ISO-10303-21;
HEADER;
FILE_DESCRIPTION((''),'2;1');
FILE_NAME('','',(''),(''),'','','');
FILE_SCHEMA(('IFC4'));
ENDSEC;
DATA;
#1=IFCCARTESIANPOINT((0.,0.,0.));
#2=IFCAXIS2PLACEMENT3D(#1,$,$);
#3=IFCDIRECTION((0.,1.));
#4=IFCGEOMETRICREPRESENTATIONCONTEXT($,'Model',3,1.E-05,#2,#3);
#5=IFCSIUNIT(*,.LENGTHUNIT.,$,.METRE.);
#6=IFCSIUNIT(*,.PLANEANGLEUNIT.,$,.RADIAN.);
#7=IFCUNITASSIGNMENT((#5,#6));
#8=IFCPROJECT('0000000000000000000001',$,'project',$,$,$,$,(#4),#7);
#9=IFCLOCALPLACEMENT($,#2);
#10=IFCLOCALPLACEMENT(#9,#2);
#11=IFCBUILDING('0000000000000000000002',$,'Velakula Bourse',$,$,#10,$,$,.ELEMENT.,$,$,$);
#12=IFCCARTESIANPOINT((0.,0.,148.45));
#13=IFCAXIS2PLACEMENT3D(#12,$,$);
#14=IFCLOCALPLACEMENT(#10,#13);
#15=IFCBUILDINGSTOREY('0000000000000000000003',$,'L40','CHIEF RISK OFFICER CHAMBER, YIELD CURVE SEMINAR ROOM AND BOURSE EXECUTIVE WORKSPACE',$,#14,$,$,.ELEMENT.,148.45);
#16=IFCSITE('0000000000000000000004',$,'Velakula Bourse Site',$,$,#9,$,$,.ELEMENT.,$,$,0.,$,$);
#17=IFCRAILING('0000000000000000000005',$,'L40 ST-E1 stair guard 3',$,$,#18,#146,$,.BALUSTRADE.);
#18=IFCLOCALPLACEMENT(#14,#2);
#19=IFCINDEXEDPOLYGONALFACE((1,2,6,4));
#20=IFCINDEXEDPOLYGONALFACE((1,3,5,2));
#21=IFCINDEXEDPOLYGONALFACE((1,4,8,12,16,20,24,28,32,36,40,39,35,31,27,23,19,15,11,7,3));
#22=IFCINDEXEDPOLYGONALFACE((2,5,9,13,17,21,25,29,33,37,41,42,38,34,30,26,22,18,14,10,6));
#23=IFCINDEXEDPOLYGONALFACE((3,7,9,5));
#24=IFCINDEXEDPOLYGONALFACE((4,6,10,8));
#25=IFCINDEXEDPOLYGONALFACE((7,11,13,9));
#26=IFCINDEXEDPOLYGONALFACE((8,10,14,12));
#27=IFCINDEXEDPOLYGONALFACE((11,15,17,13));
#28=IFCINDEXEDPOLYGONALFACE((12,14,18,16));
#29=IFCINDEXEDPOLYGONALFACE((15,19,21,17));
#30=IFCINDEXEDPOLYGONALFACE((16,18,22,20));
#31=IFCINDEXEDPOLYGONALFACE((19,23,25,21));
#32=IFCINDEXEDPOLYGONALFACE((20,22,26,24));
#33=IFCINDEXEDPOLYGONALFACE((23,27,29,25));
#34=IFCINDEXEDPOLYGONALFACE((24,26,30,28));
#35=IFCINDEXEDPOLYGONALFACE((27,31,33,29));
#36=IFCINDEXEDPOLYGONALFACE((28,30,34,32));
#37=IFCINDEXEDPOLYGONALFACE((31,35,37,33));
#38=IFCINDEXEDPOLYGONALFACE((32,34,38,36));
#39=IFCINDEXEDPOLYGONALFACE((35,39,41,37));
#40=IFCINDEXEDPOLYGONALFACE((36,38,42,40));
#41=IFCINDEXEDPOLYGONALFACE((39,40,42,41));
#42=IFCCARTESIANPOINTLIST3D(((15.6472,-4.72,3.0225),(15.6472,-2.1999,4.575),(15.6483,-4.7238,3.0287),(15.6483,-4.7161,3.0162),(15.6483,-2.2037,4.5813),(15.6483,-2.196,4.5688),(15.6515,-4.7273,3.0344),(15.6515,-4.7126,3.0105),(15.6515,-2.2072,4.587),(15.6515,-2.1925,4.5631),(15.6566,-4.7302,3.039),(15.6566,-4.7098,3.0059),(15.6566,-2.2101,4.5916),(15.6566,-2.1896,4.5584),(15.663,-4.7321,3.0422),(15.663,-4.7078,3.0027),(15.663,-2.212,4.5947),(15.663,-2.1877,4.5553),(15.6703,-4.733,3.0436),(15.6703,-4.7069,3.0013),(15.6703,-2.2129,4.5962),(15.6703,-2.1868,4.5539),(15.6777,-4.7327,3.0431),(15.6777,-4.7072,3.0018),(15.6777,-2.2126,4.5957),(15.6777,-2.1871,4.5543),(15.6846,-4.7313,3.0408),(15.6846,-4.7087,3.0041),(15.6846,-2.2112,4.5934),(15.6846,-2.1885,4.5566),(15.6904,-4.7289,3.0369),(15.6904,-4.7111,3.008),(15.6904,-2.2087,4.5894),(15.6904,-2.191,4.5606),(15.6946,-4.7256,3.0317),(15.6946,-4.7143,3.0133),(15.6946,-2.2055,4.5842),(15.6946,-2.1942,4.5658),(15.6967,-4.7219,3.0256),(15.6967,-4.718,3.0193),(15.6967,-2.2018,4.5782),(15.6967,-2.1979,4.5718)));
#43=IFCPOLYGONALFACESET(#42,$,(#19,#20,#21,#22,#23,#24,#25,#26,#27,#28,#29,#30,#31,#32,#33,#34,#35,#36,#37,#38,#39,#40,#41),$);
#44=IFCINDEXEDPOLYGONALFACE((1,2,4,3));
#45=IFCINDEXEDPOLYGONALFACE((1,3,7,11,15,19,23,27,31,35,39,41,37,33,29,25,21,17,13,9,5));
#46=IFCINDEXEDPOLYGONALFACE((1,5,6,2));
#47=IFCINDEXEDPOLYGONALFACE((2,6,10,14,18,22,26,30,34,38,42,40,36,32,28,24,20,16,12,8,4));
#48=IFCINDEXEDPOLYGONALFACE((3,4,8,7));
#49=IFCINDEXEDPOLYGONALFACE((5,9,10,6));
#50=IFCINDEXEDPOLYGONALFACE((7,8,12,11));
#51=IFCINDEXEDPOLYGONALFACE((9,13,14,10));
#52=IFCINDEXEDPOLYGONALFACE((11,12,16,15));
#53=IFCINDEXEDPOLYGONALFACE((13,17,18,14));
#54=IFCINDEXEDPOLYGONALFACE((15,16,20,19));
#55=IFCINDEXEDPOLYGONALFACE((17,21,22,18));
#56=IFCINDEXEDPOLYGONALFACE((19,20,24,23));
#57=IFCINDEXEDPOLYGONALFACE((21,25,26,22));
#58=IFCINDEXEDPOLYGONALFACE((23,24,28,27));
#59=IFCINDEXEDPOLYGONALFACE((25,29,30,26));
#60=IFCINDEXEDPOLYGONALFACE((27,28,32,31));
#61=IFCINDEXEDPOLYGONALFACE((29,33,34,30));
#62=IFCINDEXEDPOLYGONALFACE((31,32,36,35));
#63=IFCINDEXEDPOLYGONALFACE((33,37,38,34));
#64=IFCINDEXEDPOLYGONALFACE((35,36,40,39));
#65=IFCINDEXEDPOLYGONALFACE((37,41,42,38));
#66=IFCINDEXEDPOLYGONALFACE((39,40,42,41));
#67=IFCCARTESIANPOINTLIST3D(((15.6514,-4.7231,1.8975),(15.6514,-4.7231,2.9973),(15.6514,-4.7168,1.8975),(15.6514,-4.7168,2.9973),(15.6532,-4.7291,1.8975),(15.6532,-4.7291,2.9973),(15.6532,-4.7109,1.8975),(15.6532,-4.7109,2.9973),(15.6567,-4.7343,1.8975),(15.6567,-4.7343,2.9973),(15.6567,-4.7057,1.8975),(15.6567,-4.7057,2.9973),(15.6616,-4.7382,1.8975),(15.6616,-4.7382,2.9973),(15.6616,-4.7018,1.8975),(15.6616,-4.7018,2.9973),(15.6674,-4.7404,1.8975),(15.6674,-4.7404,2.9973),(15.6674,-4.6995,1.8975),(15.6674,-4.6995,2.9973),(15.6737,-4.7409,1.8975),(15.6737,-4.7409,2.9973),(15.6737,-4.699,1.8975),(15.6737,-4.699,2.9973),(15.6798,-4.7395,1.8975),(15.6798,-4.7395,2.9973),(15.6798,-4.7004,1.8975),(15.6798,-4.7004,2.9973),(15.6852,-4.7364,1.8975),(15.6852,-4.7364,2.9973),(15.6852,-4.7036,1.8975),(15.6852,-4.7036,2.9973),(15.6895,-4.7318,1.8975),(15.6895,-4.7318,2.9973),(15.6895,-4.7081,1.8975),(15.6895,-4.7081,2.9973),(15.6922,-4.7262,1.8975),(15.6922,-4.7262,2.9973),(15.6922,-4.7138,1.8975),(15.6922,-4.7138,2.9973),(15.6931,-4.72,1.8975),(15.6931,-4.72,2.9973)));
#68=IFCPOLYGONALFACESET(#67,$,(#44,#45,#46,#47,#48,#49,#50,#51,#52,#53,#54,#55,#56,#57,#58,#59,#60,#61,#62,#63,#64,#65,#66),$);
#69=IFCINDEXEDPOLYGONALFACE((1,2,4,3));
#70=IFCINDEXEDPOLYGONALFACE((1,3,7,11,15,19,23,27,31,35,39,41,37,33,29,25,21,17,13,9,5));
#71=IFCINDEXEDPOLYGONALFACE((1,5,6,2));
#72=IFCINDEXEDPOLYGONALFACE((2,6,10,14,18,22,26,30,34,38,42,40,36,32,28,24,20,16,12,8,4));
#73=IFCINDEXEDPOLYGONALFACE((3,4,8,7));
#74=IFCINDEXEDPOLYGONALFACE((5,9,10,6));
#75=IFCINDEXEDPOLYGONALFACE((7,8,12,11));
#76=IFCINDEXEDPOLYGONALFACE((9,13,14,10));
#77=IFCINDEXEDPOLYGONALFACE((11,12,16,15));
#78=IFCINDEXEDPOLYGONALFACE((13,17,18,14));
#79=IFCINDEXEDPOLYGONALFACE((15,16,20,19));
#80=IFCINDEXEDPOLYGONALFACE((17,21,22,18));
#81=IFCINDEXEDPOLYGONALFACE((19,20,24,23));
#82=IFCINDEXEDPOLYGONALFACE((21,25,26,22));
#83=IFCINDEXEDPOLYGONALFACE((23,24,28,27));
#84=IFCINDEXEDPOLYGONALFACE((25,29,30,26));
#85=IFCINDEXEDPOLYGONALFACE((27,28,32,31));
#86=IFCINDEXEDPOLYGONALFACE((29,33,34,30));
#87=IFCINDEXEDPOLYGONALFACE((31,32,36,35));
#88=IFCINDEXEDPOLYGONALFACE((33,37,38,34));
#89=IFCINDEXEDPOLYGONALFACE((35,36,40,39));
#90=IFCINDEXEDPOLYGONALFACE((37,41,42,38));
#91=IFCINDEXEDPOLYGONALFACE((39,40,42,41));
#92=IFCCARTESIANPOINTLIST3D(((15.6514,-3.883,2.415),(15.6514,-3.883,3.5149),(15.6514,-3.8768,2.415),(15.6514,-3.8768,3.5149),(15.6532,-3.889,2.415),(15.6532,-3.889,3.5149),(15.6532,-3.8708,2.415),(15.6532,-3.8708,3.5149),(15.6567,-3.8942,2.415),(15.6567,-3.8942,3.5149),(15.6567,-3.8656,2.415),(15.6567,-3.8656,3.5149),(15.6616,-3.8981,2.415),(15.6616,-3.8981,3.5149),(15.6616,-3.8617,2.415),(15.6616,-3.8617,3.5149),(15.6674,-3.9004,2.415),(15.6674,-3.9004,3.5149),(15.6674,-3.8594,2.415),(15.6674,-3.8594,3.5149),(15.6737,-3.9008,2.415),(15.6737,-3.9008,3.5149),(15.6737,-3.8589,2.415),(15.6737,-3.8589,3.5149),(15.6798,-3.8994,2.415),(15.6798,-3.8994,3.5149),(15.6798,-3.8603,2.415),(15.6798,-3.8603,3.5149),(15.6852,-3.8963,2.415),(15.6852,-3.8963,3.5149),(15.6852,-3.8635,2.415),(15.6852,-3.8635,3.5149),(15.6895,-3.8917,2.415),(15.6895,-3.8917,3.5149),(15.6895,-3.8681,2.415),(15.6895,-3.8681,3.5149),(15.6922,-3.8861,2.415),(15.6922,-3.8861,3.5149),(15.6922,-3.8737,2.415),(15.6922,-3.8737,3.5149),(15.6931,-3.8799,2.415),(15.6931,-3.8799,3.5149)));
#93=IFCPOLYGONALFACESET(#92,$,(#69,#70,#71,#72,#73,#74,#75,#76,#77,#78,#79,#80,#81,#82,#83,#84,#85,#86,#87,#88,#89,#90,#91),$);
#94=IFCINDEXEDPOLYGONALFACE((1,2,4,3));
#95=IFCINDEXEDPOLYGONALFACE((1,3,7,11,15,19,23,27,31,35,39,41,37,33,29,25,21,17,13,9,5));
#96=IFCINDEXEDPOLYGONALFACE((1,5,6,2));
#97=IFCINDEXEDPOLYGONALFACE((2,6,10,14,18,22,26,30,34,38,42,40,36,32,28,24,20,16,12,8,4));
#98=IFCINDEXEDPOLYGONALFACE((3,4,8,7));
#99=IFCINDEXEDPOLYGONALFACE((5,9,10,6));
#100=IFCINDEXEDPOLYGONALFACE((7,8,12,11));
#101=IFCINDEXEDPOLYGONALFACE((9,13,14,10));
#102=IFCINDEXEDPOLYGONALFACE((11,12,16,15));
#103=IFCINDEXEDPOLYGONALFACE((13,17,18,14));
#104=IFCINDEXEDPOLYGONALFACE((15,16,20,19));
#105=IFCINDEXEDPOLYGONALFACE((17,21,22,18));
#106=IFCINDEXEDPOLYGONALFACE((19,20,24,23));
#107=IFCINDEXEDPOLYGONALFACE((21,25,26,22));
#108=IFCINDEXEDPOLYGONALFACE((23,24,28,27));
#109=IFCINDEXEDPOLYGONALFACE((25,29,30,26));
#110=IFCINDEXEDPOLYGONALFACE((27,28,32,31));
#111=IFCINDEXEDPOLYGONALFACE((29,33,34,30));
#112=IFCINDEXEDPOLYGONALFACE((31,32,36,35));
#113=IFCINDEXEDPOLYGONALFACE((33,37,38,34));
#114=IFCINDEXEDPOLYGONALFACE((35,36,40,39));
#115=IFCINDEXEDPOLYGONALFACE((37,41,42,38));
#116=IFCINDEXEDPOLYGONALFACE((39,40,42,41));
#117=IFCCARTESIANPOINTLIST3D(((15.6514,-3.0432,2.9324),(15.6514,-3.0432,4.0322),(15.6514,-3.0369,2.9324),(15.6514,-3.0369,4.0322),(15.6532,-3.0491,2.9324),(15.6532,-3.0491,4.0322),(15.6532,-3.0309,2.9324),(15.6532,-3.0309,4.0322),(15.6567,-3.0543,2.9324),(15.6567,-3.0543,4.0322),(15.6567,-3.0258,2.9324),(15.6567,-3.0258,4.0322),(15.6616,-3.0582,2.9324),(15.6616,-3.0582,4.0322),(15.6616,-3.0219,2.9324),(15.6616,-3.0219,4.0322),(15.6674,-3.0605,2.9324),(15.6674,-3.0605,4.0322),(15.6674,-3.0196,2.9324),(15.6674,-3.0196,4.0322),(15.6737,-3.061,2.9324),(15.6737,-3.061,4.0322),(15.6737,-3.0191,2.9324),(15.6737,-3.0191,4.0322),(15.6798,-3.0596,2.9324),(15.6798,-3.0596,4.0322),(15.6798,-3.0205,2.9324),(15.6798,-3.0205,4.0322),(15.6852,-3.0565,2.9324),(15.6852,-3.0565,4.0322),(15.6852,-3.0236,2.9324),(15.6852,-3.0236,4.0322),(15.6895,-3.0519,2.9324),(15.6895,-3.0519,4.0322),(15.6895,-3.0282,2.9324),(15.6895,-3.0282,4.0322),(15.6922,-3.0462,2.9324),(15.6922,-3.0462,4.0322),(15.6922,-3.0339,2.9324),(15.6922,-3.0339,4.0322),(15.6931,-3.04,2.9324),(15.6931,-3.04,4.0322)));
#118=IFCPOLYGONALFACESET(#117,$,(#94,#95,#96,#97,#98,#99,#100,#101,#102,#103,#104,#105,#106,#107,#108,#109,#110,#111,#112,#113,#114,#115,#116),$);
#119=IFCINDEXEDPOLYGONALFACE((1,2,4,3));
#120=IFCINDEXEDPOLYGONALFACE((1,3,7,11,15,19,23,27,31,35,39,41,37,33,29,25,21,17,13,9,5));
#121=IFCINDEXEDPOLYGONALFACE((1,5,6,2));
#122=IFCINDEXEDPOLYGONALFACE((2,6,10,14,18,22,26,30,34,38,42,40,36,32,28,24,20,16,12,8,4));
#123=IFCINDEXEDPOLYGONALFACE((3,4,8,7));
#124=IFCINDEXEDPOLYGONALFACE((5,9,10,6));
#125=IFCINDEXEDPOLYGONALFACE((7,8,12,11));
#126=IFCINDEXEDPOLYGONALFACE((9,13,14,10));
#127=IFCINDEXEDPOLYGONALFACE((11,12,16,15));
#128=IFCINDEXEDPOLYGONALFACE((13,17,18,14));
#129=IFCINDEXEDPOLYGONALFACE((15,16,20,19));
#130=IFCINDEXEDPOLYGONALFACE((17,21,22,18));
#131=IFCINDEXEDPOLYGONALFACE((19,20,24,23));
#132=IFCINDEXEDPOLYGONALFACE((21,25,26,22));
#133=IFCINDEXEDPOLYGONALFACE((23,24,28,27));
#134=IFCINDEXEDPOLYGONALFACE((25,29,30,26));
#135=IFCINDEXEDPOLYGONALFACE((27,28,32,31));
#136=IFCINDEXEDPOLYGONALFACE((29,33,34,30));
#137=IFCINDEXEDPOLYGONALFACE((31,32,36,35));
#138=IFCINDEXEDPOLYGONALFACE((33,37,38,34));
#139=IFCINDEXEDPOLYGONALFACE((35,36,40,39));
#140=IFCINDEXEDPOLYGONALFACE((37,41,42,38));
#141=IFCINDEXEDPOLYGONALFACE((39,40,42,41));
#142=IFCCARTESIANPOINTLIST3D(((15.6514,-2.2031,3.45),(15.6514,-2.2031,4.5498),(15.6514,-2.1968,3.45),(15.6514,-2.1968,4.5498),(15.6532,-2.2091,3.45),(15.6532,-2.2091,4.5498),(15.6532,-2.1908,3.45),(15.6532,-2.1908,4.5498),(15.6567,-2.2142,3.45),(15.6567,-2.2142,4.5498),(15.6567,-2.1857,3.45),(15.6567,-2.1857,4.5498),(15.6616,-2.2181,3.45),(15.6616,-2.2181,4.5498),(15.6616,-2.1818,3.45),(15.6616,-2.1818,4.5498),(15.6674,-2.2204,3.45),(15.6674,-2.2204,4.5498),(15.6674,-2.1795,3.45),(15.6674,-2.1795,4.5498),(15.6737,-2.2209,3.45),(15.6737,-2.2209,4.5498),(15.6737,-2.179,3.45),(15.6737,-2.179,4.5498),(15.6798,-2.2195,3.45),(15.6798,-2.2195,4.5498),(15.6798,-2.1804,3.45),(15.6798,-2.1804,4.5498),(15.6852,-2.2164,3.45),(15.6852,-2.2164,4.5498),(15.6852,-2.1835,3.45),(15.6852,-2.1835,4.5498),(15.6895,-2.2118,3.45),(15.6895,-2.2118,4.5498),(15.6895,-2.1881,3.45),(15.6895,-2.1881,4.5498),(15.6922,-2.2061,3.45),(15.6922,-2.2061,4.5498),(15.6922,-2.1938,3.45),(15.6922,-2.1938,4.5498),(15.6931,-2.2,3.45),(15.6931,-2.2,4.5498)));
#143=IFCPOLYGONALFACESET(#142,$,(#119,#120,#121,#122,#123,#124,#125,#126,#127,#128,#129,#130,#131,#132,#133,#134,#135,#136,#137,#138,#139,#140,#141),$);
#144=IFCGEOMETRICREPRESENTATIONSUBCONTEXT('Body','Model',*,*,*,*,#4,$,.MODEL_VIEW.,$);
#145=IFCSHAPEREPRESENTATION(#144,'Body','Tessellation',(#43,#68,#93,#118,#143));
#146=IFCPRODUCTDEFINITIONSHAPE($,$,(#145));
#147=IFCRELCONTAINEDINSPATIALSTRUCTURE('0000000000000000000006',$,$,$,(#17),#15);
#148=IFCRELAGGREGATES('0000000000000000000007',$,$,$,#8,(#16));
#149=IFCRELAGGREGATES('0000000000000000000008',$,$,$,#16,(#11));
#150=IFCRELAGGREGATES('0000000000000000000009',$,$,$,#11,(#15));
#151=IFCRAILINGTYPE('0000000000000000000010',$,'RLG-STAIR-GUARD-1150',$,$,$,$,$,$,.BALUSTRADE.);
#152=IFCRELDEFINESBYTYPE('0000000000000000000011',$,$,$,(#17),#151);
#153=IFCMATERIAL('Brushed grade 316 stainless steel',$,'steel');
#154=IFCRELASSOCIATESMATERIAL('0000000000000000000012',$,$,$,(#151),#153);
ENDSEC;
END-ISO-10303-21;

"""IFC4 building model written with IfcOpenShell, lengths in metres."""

from ifc_helpers import new_model, si_unit, direction, frame, origin, origin_2d, place, context, subcontext, project, spatial, circle, extrude, material, type_object, element, save


model = new_model("IFC4")

# Units and contexts
model_context = context("Model", 3, precision=1e-05, world=origin(), true_north=direction((0.0, 1.0)))
body_context = subcontext(model_context, "Body", "Model", "MODEL_VIEW")
ifc_project = project(units=[si_unit("LENGTHUNIT", "METRE"), si_unit("PLANEANGLEUNIT", "RADIAN")], contexts=[model_context])

# Site, building, storey
site_placement = place(None, origin())
site = spatial("IfcSite", under=ifc_project, at=site_placement, Name="Velakula Bourse Site", CompositionType="ELEMENT", RefElevation=0.0)
building_placement = place(site_placement, origin())
building = spatial("IfcBuilding", under=site, at=building_placement, Name="Velakula Bourse", CompositionType="ELEMENT")
storey_placement = place(building_placement, frame((0.0, 0.0, 148.45)))
storey = spatial("IfcBuildingStorey", under=building, at=storey_placement, Name="L40", Description="CHIEF RISK OFFICER CHAMBER, YIELD CURVE SEMINAR ROOM AND BOURSE EXECUTIVE WORKSPACE", CompositionType="ELEMENT", Elevation=148.45)

# Shared definitions
ifc_material_1 = material(Name="Brushed grade 316 stainless steel", Category="steel")

# Railing
railing_type_1 = type_object("IfcRailingType", Name="RLG-STAIR-GUARD-1150", PredefinedType="BALUSTRADE", material=ifc_material_1)
railing_1_placement = place(storey_placement, frame((15.6721, -4.72, 1.8975)))
element("IfcRailing", 1, at=railing_1_placement, inside=storey, type_object=railing_type_1, Name="L40 ST-E1 stair guard 3", PredefinedType="BALUSTRADE", context=body_context, shape_type="SweptSolid", body=[
    extrude(circle(Radius=0.0249, at=origin_2d()), frame((0.0, 0.0, 1.125), z_axis=(0.0, 0.8514, 0.524516), x_axis=(-1.0, 0.0, 0.0)), (0.0, 0.0, 1.0), 2.96),
    extrude(circle(Radius=0.021, at=origin_2d()), origin(), (0.0, 0.0, 1.0), 1.0999),
    extrude(circle(Radius=0.021, at=origin_2d()), frame((0.0, 0.8401, 0.5176)), (0.0, 0.0, 1.0), 1.0999),
    extrude(circle(Radius=0.021, at=origin_2d()), frame((0.0, 1.6799, 1.0349)), (0.0, 0.0, 1.0), 1.0999),
    extrude(circle(Radius=0.021, at=origin_2d()), frame((0.0, 2.52, 1.5525)), (0.0, 0.0, 1.0), 1.0999),
])

save(model, "model.ifc")
